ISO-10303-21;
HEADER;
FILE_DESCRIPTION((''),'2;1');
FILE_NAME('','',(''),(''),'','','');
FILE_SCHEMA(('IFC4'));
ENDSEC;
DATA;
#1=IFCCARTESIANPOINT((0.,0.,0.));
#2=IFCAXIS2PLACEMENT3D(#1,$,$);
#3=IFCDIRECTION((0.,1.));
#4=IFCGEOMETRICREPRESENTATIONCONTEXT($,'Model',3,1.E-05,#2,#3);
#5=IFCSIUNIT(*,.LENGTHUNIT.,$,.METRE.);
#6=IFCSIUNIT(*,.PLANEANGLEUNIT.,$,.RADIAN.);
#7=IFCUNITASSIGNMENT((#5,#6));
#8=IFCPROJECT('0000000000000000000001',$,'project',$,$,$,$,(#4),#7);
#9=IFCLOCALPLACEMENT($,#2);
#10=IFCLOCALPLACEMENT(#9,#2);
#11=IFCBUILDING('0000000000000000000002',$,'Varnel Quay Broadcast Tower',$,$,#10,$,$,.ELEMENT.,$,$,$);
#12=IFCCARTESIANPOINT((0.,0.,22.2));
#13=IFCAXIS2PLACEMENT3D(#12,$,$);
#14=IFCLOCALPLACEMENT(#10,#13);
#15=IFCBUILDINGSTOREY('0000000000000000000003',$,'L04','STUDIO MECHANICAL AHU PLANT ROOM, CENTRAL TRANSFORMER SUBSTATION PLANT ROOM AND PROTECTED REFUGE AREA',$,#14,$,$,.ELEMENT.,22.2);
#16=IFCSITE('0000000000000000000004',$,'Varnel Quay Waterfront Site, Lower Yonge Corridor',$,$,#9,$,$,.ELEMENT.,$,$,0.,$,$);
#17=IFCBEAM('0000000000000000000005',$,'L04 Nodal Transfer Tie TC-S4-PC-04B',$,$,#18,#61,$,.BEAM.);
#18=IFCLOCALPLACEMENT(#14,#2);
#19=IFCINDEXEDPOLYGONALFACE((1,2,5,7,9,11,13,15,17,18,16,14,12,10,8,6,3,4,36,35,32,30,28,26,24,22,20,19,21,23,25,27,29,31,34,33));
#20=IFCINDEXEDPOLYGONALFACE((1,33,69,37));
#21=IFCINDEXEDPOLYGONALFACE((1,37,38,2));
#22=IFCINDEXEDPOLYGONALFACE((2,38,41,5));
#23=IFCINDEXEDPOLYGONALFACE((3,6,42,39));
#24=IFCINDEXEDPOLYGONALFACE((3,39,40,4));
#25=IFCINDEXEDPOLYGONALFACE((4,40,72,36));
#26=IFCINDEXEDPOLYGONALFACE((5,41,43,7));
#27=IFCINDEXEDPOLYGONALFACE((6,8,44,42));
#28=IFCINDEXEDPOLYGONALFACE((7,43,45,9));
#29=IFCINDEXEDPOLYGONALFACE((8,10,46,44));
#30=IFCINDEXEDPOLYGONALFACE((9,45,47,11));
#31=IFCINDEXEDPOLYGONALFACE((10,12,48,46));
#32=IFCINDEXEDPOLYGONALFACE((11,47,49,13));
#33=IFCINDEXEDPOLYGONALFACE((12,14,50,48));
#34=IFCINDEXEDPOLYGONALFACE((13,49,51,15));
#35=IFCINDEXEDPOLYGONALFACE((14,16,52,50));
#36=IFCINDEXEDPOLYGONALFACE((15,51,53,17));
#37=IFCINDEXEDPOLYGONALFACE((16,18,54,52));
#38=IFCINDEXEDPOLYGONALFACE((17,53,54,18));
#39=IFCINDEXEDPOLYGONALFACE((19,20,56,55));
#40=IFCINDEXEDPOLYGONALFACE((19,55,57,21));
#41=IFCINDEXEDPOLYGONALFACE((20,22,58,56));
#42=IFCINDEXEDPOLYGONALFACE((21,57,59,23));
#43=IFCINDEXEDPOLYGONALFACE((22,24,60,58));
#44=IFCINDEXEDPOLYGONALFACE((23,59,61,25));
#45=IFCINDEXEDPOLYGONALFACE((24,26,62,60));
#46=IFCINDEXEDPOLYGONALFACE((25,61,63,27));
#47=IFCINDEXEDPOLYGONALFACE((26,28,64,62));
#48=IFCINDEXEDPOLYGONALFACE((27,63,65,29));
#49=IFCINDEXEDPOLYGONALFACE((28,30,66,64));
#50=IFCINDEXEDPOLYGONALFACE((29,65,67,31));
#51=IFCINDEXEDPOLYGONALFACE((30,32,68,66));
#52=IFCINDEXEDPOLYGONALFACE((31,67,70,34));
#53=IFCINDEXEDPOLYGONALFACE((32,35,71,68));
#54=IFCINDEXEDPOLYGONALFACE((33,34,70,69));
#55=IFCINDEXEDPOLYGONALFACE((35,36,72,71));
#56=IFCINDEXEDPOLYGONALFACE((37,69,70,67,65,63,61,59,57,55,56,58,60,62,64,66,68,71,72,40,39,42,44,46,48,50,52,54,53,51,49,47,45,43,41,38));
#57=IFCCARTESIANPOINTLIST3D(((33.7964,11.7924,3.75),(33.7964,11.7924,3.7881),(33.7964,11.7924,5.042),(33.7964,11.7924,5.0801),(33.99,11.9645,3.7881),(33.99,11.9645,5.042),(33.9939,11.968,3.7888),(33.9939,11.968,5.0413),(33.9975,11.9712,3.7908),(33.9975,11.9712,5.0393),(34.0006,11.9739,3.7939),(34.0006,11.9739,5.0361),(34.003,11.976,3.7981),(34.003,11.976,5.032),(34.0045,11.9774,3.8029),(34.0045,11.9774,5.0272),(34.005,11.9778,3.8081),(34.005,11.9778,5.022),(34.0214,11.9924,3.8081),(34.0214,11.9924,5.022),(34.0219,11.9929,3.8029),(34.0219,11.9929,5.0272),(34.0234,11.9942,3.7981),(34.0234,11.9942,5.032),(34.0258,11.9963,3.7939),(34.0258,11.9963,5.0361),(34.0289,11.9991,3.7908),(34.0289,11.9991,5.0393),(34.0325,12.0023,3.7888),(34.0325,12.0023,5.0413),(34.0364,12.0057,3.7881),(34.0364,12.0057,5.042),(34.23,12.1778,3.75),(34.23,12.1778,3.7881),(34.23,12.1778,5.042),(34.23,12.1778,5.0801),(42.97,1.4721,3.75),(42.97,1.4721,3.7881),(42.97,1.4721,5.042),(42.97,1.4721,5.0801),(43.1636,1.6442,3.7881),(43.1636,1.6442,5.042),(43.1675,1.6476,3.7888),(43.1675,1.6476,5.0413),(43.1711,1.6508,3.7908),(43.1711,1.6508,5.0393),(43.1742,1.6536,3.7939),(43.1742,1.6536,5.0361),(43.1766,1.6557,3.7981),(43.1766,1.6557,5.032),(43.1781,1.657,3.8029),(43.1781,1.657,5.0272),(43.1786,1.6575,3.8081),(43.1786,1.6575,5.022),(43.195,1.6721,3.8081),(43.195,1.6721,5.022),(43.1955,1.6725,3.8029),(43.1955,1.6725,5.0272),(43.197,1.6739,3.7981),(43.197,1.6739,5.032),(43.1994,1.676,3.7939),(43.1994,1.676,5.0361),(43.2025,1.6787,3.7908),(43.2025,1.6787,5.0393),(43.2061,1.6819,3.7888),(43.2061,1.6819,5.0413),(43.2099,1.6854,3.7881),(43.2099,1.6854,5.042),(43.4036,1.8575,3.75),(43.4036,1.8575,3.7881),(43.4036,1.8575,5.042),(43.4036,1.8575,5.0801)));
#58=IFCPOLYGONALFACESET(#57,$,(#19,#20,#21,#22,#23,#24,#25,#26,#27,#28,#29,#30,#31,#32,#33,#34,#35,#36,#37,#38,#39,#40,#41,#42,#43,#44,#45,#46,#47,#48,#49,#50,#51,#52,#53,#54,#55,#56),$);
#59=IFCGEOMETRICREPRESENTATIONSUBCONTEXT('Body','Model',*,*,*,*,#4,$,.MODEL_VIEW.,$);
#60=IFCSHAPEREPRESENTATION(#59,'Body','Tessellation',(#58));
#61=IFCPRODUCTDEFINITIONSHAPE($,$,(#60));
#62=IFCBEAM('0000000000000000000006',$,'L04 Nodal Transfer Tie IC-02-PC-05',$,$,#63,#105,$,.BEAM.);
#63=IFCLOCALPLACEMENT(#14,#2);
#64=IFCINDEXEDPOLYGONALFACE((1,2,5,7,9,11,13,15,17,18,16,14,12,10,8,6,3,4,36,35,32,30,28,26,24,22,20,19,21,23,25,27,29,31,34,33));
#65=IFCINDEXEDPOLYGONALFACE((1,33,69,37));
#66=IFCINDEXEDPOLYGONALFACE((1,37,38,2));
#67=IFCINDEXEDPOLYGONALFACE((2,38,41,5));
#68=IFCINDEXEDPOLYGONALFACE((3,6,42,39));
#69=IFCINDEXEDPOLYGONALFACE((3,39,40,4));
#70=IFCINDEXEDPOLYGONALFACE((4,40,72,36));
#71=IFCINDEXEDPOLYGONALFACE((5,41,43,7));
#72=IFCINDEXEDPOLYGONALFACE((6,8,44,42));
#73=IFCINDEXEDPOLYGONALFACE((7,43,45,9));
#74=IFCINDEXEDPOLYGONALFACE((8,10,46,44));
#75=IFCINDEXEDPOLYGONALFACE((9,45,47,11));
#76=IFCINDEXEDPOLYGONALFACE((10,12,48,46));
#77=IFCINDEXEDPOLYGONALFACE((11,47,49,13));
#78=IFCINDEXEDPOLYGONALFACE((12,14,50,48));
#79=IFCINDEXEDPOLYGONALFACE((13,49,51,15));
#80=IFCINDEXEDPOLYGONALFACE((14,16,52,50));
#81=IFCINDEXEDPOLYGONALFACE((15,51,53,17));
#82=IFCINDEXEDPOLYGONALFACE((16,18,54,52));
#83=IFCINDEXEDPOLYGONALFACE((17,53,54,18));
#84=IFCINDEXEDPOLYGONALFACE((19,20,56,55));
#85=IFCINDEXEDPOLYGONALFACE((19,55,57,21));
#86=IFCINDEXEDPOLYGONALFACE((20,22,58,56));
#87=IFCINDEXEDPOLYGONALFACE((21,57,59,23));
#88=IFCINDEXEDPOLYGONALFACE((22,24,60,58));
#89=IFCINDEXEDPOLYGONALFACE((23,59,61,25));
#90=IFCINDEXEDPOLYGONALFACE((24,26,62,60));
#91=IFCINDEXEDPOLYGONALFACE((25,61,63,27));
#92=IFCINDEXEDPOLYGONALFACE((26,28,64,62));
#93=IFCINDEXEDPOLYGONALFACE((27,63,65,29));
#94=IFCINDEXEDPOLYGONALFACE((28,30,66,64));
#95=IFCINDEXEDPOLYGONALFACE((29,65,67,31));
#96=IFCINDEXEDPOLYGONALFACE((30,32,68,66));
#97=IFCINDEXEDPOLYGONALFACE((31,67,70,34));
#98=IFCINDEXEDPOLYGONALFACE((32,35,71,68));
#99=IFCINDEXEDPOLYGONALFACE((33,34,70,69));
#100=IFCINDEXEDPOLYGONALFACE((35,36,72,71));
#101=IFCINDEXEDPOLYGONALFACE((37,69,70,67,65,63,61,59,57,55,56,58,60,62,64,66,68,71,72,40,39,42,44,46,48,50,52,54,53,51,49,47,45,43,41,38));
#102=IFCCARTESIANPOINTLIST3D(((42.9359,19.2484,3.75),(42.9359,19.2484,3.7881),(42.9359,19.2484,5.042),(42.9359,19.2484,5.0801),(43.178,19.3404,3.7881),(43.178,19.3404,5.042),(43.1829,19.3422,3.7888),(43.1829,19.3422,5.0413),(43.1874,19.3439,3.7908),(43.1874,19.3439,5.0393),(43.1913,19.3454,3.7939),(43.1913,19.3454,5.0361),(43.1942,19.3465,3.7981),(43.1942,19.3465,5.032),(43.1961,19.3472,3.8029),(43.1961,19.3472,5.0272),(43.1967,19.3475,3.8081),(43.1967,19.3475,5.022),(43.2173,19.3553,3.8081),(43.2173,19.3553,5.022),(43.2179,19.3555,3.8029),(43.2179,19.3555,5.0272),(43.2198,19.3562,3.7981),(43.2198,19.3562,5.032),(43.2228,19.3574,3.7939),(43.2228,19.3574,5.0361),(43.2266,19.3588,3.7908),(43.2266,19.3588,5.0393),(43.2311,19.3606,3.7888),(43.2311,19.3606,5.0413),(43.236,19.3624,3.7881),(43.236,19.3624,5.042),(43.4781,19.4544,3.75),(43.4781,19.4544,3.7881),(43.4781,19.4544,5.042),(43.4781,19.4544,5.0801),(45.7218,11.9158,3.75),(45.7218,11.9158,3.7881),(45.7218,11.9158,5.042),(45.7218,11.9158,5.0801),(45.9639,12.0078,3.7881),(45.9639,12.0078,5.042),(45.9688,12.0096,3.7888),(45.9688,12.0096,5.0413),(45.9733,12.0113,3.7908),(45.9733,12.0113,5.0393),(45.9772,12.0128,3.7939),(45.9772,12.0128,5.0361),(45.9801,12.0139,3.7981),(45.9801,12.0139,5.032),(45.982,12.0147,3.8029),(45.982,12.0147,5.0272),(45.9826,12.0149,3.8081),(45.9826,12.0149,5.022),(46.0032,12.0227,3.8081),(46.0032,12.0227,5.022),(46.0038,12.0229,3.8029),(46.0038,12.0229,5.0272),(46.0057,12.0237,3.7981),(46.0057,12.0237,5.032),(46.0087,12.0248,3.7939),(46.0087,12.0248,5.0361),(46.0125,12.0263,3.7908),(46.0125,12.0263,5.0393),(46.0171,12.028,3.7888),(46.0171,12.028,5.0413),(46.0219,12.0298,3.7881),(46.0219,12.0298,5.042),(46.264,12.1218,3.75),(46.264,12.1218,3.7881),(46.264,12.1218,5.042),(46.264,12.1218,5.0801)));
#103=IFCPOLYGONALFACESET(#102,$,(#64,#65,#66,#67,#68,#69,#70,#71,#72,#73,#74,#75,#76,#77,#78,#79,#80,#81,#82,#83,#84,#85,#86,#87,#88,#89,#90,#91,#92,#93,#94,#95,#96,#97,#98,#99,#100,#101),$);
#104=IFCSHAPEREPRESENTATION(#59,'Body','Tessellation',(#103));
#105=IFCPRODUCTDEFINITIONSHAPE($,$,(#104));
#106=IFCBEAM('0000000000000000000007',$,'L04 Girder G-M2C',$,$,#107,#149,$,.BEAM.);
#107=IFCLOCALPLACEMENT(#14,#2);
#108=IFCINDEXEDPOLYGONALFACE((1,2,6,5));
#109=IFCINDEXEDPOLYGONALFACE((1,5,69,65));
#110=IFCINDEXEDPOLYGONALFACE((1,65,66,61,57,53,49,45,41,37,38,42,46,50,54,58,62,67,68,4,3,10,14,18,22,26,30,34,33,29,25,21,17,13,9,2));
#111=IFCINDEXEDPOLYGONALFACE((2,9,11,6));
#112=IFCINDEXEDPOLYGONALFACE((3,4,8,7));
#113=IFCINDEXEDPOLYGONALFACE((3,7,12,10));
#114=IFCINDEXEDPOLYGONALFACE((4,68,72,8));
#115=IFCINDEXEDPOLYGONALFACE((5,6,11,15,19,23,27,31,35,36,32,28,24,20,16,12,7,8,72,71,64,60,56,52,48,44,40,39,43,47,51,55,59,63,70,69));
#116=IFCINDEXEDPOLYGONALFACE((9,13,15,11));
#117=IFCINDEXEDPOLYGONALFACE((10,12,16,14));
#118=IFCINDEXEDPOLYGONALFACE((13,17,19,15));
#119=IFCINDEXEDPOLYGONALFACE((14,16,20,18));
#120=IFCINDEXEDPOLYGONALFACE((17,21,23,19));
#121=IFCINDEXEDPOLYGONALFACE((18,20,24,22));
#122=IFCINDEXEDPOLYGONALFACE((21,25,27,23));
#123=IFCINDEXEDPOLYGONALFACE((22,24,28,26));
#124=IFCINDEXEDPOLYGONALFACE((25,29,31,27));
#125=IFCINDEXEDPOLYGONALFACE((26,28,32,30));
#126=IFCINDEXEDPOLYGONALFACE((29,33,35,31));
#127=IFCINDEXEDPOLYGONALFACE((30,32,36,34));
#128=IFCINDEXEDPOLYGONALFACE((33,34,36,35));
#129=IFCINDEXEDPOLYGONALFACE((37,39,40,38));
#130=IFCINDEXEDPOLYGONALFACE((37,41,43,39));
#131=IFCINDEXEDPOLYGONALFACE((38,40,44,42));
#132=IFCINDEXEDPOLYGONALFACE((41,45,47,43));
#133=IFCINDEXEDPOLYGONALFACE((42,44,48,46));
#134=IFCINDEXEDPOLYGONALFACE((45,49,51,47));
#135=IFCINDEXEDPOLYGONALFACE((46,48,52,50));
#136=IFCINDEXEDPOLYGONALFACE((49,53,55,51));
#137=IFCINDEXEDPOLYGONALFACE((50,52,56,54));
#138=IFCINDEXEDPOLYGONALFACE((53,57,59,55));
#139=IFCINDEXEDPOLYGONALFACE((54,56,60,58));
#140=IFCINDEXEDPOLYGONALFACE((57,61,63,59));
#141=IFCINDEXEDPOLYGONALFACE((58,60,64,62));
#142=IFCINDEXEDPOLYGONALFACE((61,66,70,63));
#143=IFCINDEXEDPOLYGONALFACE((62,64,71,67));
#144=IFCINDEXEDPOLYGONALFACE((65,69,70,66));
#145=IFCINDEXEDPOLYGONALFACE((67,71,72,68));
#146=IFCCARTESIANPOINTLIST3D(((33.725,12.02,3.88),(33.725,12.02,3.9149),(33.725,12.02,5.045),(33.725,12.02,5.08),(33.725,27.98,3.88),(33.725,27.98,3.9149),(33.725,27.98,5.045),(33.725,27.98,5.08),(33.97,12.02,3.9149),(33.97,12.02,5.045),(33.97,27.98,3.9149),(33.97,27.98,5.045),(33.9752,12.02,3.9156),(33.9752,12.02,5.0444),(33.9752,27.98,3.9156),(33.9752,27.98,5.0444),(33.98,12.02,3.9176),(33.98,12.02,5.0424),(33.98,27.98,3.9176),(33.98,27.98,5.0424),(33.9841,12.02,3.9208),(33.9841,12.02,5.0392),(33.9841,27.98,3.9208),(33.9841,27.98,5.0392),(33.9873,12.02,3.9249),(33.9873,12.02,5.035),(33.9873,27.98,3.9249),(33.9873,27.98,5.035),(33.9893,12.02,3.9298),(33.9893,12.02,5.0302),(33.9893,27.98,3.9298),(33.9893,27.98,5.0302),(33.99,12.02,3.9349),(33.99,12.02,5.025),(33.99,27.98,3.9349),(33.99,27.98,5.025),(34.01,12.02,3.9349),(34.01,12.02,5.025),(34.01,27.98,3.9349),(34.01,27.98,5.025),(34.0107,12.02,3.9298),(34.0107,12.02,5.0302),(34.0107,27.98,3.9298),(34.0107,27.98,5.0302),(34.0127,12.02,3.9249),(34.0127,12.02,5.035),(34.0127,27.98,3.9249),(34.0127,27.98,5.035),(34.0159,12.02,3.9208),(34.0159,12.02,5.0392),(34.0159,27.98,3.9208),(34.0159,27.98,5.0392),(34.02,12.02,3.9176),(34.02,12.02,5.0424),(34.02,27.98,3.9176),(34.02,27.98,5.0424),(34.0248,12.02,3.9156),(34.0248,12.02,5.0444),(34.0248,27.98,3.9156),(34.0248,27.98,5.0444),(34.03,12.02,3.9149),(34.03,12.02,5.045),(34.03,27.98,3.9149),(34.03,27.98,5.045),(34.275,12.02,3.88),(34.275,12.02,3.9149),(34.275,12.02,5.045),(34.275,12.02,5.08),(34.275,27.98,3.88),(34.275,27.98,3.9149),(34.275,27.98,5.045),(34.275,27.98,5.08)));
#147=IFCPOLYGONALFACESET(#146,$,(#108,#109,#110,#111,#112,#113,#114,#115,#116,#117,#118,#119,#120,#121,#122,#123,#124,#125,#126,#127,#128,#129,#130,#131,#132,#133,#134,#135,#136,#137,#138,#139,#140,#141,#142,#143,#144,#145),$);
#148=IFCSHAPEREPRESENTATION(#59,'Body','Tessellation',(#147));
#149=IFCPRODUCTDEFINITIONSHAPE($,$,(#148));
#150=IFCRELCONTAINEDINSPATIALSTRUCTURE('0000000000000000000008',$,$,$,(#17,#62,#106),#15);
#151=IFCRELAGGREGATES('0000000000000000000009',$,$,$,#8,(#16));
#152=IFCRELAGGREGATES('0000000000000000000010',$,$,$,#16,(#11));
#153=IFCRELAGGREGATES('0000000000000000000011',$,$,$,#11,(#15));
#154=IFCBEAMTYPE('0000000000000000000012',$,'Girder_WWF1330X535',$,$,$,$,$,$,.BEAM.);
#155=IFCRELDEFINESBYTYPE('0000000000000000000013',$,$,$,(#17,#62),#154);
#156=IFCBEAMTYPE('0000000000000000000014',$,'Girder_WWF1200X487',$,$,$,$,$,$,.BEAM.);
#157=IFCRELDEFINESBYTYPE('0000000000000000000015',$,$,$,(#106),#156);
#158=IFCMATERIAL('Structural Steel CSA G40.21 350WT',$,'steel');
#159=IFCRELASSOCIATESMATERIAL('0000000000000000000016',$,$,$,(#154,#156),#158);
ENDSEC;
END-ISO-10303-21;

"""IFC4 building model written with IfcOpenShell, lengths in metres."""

from ifc_helpers import new_model, si_unit, direction, frame, origin, origin_2d, place, context, subcontext, project, spatial, i_section, extrude, source, transform, mapped, material, material_profile, profile_set, type_object, element, save


model = new_model("IFC4")

# Units and contexts
model_context = context("Model", 3, precision=1e-05, world=origin(), true_north=direction((0.0, 1.0)))
body_context = subcontext(model_context, "Body", "Model", "MODEL_VIEW")
ifc_project = project(units=[si_unit("LENGTHUNIT", "METRE"), si_unit("PLANEANGLEUNIT", "RADIAN")], contexts=[model_context])

# Site, building, storey
site_placement = place(None, origin())
site = spatial("IfcSite", under=ifc_project, at=site_placement, Name="Varnel Quay Waterfront Site, Lower Yonge Corridor", CompositionType="ELEMENT", RefElevation=0.0)
building_placement = place(site_placement, origin())
building = spatial("IfcBuilding", under=site, at=building_placement, Name="Varnel Quay Broadcast Tower", CompositionType="ELEMENT")
storey_placement = place(building_placement, frame((0.0, 0.0, 22.2)))
storey = spatial("IfcBuildingStorey", under=building, at=storey_placement, Name="L04", Description="STUDIO MECHANICAL AHU PLANT ROOM, CENTRAL TRANSFORMER SUBSTATION PLANT ROOM AND PROTECTED REFUGE AREA", CompositionType="ELEMENT", Elevation=22.2)

# Beams
ifc_material_1 = material(Name="Structural Steel CSA G40.21 350WT", Category="steel")
ifc_material_profile_1 = material_profile(ifc_material_1, i_section(OverallWidth=0.5801, OverallDepth=1.3301, WebThickness=0.022, FlangeThickness=0.0381, FilletRadius=0.02, at=origin_2d()), Name="WWF1330X535")
ifc_profile_set_1 = profile_set([ifc_material_profile_1], Name="Structural Steel CSA G40.21 350WT")
beam_type_1 = type_object("IfcBeamType", Name="Girder_WWF1330X535", PredefinedType="BEAM", material=ifc_profile_set_1)
shared_shape_1 = source(origin(), body_context, "Body", "SweptSolid", [
    extrude(i_section(OverallWidth=0.5801, OverallDepth=1.3301, WebThickness=0.022, FlangeThickness=0.0381, FilletRadius=0.02, at=origin_2d()), origin(), (0.0, 0.0, 1.0), 13.8081),
])
for number, where, z_axis, x_axis, name in (
    (1, (34.0132, 11.9851, 4.415), (0.664363, -0.74741, 0.0), (0.74741, 0.664363, 0.0), "L04 Nodal Transfer Tie TC-S4-PC-04B"),
):
    element("IfcBeam", number, at=place(storey_placement, frame(where, z_axis=z_axis, x_axis=x_axis)), inside=storey, type_object=beam_type_1, Name=name, PredefinedType="BEAM", context=body_context, shape_type="MappedRepresentation", body=[
        mapped(shared_shape_1, transform((0.0, 0.0, 0.0), x_axis=(1.0, 0.0, 0.0), y_axis=(0.0, 1.0, 0.0), z_axis=(0.0, 0.0, 1.0), scale=1.0)),
    ])
shared_shape_2 = source(origin(), body_context, "Body", "SweptSolid", [
    extrude(i_section(OverallWidth=0.5801, OverallDepth=1.3301, WebThickness=0.022, FlangeThickness=0.0381, FilletRadius=0.02, at=origin_2d()), origin(), (0.0, 0.0, 1.0), 7.844),
])
beam_1_placement = place(storey_placement, frame((45.9929, 12.0188, 4.415), z_axis=(-0.355166, 0.934803, 0.0), x_axis=(-0.934803, -0.355166, 0.0)))
element("IfcBeam", 2, at=beam_1_placement, inside=storey, type_object=beam_type_1, Name="L04 Nodal Transfer Tie IC-02-PC-05", PredefinedType="BEAM", context=body_context, shape_type="MappedRepresentation", body=[
    mapped(shared_shape_2, transform((0.0, 0.0, 0.0), x_axis=(1.0, 0.0, 0.0), y_axis=(0.0, 1.0, 0.0), z_axis=(0.0, 0.0, 1.0), scale=1.0)),
])
ifc_material_profile_2 = material_profile(ifc_material_1, i_section(OverallWidth=0.55, OverallDepth=1.2, WebThickness=0.02, FlangeThickness=0.0349, FilletRadius=0.02, at=origin_2d()), Name="WWF1200X487")
ifc_profile_set_2 = profile_set([ifc_material_profile_2], Name="Structural Steel CSA G40.21 350WT")
beam_type_2 = type_object("IfcBeamType", Name="Girder_WWF1200X487", PredefinedType="BEAM", material=ifc_profile_set_2)
shared_shape_3 = source(origin(), body_context, "Body", "SweptSolid", [
    extrude(i_section(OverallWidth=0.55, OverallDepth=1.2, WebThickness=0.02, FlangeThickness=0.0349, FilletRadius=0.02, at=origin_2d()), origin(), (0.0, 0.0, 1.0), 15.96),
])
beam_2_placement = place(storey_placement, frame((34.0, 12.02, 4.48), z_axis=(0.0, 1.0, 0.0), x_axis=(-1.0, 0.0, 0.0)))
element("IfcBeam", 3, at=beam_2_placement, inside=storey, type_object=beam_type_2, Name="L04 Girder G-M2C", PredefinedType="BEAM", context=body_context, shape_type="MappedRepresentation", body=[
    mapped(shared_shape_3, transform((0.0, 0.0, 0.0), x_axis=(1.0, 0.0, 0.0), y_axis=(0.0, 1.0, 0.0), z_axis=(0.0, 0.0, 1.0), scale=1.0)),
])

save(model, "model.ifc")
